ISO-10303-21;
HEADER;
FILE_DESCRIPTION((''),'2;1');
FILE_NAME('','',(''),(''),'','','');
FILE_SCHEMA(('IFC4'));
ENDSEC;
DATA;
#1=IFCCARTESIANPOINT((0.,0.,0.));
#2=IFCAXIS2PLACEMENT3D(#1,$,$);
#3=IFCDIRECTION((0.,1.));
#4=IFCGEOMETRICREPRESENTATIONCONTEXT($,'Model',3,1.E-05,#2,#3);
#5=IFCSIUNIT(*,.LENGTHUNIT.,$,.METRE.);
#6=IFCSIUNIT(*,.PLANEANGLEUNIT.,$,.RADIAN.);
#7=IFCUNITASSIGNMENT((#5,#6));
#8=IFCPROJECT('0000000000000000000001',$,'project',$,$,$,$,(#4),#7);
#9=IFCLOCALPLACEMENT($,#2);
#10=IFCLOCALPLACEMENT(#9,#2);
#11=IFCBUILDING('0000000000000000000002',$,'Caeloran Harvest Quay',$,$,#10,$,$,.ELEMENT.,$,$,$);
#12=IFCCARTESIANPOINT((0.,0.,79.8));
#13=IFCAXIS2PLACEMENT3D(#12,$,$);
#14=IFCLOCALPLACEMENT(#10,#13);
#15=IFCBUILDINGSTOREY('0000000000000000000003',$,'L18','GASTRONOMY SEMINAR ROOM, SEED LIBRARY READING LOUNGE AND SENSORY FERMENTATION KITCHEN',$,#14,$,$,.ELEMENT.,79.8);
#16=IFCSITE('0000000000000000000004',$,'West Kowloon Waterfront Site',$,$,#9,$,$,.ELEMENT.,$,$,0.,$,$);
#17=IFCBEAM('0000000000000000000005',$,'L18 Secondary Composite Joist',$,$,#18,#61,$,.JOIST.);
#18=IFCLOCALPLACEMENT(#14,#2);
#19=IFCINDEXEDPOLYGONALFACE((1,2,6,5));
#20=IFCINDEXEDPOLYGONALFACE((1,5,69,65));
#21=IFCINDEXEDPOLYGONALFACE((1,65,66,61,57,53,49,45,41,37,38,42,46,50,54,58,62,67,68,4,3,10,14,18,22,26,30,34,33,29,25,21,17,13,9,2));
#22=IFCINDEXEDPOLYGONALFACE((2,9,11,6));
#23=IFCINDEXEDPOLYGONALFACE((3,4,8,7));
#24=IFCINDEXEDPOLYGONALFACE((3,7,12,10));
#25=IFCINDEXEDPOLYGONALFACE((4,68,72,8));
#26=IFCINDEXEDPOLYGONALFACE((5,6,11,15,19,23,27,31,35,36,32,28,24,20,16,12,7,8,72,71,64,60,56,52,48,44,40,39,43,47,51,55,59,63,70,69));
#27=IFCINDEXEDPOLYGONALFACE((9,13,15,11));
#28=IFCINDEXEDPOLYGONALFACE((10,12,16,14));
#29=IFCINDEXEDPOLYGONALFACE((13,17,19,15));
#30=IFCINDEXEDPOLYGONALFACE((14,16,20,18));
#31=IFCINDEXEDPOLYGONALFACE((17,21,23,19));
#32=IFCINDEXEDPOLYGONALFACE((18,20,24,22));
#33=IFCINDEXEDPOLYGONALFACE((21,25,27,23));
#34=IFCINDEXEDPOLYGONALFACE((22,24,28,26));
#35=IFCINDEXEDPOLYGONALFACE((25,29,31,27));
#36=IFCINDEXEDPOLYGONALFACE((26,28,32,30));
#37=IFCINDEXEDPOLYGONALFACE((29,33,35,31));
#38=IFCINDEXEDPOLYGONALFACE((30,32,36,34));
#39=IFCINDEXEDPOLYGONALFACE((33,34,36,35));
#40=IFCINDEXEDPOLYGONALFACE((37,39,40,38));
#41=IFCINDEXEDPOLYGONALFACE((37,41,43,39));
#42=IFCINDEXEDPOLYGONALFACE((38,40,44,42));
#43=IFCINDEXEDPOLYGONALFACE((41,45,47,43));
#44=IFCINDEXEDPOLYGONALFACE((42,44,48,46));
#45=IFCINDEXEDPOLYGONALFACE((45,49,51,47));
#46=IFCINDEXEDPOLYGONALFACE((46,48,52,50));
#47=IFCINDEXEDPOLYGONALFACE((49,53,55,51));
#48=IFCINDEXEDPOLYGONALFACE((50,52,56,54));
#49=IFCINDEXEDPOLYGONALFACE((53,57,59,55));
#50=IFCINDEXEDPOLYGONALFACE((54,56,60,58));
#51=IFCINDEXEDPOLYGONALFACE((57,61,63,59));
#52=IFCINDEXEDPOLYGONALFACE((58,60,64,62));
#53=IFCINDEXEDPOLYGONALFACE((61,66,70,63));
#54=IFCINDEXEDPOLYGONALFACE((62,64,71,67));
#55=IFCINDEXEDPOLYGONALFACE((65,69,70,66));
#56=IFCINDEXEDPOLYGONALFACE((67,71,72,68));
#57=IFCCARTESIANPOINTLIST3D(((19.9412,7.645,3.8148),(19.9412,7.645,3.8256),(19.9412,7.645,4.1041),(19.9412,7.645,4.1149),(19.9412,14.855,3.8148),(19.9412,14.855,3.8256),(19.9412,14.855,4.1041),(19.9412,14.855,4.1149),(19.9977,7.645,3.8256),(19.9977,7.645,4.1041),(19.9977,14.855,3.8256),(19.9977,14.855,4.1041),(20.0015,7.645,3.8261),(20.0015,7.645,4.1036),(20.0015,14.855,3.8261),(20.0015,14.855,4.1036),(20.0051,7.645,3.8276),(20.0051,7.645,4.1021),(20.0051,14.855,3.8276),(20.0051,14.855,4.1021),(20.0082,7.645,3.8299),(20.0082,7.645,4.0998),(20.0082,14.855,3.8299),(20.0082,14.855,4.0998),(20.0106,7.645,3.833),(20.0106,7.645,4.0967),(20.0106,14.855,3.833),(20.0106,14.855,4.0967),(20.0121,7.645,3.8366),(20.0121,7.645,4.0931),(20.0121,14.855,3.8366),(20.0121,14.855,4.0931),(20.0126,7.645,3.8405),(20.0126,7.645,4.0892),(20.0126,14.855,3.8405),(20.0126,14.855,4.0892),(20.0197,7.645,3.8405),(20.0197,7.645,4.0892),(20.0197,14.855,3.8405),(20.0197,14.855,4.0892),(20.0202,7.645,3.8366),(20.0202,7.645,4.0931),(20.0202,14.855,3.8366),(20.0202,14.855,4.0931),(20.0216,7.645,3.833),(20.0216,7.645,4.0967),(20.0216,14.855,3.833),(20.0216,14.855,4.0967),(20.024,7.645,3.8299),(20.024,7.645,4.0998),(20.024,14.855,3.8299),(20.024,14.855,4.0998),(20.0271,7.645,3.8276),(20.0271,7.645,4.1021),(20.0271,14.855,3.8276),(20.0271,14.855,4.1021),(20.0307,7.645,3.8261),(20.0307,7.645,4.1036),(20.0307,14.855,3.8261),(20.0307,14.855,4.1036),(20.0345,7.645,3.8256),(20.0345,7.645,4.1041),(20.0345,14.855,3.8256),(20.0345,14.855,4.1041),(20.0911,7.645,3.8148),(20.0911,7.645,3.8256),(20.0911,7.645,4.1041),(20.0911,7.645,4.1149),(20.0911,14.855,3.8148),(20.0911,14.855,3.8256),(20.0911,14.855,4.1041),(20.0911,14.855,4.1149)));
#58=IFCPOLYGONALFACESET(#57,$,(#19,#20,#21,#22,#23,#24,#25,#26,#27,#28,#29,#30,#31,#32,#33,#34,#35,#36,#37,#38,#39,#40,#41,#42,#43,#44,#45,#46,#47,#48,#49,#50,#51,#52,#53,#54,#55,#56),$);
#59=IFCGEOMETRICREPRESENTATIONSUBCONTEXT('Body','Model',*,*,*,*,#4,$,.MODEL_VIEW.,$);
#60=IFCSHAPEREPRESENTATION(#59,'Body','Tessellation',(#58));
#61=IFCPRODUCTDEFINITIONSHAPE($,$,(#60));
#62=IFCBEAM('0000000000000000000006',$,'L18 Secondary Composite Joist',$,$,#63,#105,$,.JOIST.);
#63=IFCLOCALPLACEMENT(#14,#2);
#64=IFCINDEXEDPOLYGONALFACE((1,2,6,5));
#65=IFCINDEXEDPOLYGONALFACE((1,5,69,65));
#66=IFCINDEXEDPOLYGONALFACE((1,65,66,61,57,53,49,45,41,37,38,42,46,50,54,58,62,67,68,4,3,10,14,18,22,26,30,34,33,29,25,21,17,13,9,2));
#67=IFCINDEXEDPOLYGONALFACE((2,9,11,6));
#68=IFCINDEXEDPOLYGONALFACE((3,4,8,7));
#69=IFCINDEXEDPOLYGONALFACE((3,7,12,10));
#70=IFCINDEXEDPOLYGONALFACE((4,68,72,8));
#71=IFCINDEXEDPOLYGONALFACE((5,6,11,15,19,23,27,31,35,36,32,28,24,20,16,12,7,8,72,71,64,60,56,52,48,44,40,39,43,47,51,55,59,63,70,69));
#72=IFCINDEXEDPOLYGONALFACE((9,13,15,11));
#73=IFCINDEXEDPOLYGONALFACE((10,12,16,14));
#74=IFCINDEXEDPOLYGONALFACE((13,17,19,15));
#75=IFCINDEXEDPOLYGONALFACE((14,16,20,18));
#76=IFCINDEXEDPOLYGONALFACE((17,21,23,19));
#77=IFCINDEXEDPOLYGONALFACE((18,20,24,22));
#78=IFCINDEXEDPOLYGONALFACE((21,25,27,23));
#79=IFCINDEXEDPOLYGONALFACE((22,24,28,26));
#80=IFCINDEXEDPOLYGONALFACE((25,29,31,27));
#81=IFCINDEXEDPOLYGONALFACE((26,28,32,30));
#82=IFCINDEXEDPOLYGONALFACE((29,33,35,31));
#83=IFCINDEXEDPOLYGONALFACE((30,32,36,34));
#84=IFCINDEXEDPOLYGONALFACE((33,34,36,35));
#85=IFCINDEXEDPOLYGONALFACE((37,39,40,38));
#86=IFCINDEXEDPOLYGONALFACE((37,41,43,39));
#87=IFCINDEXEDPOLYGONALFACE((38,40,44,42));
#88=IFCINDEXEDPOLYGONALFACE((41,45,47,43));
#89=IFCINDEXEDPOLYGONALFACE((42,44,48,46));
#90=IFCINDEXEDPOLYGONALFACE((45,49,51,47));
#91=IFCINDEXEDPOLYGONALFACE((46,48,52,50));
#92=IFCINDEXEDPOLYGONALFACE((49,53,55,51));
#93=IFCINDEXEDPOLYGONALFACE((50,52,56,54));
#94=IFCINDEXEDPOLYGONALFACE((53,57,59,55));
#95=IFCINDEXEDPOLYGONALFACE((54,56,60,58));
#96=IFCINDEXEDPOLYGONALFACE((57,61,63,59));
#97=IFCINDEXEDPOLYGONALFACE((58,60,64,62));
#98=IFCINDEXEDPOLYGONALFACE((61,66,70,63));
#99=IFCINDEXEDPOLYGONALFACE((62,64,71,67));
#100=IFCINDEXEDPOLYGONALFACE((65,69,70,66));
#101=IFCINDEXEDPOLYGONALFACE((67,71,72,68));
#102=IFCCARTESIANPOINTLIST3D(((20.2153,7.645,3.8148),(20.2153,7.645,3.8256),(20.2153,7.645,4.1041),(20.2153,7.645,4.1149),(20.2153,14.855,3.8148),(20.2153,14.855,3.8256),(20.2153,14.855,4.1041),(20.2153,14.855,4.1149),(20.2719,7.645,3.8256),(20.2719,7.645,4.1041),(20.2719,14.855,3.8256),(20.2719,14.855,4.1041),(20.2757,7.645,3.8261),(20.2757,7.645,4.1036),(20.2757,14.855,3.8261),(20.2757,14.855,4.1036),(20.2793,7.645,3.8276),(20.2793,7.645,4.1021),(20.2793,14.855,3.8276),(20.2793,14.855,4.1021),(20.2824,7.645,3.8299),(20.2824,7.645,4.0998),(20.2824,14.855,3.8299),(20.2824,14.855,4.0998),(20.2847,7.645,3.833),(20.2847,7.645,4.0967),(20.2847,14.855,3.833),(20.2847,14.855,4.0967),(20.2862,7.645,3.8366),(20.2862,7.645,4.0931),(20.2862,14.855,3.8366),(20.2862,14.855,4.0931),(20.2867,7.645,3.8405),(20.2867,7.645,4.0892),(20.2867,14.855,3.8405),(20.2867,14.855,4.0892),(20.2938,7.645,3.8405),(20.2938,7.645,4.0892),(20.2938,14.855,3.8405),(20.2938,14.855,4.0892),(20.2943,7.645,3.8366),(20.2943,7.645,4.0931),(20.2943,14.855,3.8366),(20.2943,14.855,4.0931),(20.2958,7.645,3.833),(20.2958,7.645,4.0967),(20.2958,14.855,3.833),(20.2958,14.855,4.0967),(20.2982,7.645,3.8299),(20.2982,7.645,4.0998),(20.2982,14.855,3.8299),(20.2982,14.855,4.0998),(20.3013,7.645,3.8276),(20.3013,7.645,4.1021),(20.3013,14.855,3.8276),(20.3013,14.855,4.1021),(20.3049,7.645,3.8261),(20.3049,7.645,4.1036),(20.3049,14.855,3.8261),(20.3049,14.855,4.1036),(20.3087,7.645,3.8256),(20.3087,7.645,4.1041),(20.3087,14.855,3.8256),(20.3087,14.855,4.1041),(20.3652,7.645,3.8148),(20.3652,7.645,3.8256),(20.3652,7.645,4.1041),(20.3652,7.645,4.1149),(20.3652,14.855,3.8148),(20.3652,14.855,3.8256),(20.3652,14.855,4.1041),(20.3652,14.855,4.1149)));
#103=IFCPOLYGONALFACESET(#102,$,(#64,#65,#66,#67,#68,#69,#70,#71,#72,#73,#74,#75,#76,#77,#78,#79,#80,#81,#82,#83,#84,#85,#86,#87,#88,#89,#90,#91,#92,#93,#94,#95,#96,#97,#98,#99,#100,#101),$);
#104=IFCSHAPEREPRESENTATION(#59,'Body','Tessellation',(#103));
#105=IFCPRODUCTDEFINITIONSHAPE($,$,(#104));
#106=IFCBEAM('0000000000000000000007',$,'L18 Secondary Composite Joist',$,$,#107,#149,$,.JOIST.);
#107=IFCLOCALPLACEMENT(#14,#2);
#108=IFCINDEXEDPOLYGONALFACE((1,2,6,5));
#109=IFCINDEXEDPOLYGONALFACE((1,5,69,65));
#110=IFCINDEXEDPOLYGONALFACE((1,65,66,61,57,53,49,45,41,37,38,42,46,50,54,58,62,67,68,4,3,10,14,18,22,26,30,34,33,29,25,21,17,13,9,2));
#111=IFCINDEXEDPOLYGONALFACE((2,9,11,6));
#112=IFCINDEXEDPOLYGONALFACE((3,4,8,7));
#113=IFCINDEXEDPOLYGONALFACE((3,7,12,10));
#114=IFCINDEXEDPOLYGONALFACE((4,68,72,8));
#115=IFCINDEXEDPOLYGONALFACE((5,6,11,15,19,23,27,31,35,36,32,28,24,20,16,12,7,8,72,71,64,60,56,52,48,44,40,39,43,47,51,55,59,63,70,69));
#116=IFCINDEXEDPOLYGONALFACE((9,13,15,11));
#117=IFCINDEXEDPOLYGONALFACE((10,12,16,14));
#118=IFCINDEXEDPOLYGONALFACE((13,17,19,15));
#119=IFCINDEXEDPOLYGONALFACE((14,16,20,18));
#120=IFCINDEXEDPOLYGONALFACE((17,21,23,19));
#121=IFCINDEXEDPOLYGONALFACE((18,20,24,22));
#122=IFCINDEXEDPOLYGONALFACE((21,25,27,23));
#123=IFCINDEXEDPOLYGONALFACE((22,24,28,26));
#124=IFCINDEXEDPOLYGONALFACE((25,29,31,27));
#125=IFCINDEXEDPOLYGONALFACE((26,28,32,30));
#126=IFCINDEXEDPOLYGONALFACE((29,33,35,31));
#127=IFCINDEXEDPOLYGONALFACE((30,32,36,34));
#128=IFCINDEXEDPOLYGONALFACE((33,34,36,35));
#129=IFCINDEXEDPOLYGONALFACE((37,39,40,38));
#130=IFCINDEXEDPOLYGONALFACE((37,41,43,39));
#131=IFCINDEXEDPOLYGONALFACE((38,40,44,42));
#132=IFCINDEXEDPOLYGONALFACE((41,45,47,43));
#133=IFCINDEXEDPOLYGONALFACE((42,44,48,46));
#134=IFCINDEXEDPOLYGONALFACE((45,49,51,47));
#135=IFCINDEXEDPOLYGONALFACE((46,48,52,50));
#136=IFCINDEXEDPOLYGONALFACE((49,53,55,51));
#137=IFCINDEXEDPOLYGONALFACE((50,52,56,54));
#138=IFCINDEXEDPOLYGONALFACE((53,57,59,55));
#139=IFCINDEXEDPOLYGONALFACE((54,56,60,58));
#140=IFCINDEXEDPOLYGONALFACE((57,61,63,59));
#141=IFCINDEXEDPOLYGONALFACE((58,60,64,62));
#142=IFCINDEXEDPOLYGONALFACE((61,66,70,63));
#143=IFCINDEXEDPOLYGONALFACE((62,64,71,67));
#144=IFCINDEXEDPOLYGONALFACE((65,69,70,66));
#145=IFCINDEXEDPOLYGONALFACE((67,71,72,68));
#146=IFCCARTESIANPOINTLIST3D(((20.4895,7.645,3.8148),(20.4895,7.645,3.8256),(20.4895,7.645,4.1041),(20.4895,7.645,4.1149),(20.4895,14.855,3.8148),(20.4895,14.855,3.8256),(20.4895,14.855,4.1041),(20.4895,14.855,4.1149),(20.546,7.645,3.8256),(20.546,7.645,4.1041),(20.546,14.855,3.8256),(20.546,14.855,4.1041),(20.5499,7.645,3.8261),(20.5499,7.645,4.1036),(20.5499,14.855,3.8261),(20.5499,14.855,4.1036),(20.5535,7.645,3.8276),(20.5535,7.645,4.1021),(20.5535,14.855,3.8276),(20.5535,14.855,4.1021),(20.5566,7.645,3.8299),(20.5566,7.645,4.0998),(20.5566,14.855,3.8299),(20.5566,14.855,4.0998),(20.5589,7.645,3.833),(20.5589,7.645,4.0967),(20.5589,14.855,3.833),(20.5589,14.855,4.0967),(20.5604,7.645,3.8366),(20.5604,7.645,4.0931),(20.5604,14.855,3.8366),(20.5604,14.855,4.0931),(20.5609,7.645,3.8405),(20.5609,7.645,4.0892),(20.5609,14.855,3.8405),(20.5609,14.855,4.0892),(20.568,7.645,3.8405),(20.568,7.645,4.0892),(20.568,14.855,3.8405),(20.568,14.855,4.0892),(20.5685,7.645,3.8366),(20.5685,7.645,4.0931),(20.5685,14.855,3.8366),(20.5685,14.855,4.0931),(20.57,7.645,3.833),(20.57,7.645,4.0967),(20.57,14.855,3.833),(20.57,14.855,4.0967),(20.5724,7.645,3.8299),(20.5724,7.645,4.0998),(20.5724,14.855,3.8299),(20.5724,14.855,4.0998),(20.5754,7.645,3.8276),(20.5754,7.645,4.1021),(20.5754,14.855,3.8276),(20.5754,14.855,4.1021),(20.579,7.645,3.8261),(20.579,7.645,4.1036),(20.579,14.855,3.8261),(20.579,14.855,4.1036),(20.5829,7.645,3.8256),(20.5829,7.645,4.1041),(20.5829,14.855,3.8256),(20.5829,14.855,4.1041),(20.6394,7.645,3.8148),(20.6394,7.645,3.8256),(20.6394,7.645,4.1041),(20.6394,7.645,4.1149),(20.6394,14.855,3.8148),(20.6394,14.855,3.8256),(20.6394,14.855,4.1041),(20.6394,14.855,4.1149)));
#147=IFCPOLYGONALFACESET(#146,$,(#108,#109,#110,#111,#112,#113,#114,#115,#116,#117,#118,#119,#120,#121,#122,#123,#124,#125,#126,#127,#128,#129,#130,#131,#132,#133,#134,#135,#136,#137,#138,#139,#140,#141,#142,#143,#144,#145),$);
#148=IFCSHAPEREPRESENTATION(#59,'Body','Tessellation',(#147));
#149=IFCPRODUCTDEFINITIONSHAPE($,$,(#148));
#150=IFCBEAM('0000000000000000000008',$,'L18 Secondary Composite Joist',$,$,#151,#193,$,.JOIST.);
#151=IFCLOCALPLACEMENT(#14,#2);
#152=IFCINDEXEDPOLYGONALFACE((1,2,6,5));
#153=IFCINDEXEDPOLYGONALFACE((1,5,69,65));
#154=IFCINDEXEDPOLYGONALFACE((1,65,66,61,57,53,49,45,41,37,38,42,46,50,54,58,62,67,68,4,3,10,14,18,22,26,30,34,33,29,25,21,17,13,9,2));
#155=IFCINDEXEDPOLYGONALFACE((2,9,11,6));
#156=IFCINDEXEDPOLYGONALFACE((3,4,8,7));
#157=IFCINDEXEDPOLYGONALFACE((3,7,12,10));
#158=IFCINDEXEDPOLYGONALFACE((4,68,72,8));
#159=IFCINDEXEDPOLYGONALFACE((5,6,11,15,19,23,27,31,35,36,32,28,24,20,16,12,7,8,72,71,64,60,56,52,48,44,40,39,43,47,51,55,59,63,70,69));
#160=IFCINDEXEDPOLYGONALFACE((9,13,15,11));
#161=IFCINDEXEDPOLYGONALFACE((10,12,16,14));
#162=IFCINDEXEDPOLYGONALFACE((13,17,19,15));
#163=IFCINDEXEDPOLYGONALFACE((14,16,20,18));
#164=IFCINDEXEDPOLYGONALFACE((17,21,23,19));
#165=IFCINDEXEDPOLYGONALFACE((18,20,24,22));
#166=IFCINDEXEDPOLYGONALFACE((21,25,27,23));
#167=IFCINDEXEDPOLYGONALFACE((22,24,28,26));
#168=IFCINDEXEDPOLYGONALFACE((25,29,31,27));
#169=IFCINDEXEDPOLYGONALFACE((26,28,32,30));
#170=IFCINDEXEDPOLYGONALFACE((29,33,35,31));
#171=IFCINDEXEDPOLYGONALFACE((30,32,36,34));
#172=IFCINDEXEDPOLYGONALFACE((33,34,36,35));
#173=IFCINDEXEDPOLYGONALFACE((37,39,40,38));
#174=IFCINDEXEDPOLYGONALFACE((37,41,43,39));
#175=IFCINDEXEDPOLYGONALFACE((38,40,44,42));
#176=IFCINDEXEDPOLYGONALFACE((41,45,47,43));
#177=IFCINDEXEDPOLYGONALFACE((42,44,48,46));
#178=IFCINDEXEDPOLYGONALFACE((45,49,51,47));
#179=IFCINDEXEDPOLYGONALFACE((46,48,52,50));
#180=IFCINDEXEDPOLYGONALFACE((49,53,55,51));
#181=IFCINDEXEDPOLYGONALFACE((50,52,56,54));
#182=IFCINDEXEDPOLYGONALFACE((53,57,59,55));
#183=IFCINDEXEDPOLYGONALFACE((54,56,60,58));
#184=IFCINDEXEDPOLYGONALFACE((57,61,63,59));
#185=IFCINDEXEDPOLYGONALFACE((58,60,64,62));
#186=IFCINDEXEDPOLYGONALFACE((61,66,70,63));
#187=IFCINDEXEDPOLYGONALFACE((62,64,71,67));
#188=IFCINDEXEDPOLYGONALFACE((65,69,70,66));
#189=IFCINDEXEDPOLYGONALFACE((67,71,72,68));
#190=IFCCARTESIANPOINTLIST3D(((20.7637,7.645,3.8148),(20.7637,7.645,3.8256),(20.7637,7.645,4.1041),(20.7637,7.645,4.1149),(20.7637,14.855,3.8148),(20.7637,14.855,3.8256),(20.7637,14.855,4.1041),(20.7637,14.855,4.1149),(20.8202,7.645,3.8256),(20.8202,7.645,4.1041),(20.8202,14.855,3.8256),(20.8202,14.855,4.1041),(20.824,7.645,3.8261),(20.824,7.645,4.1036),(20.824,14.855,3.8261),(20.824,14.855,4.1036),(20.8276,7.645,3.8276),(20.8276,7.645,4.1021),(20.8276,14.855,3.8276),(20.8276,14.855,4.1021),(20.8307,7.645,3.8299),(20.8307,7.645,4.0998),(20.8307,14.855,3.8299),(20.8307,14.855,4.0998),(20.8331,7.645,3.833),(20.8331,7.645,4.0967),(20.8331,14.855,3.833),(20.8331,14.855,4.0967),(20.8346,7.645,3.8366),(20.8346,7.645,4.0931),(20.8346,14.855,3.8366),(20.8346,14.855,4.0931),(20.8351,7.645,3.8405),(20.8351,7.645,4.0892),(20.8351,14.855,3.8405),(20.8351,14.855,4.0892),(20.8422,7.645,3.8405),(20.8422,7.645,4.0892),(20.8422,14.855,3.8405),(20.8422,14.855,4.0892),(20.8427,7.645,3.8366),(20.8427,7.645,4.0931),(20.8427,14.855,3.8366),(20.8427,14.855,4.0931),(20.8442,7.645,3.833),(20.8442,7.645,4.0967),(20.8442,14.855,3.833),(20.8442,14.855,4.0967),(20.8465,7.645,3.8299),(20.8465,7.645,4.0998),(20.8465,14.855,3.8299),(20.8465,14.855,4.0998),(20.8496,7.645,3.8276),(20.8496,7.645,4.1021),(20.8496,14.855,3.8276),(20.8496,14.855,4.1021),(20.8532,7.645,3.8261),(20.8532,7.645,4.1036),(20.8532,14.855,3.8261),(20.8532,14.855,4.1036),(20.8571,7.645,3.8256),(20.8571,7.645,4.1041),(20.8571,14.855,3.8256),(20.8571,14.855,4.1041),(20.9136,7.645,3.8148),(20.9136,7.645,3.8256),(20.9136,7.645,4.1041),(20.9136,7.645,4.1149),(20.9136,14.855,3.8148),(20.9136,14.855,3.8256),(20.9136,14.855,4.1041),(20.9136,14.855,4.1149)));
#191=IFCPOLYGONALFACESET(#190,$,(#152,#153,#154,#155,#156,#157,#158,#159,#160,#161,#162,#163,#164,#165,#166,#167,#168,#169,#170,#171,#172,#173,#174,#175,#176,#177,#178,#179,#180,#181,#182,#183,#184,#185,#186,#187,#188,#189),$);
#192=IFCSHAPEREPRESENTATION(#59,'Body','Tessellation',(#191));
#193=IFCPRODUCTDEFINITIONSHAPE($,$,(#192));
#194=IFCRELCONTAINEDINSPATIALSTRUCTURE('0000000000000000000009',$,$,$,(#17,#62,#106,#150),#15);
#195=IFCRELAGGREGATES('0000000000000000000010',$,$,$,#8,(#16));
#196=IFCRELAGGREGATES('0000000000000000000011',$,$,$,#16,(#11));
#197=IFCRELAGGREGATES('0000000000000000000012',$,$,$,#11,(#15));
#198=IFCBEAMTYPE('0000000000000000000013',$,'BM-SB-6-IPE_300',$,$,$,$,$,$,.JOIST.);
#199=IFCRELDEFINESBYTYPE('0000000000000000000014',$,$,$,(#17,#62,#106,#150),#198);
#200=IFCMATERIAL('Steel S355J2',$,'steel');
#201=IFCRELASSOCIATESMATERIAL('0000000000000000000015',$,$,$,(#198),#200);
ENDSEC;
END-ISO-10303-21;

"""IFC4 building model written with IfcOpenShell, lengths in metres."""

from ifc_helpers import new_model, si_unit, direction, frame, origin, origin_2d, place, context, subcontext, project, spatial, i_section, extrude, material, material_profile, profile_set, type_object, element, save


model = new_model("IFC4")

# Units and contexts
model_context = context("Model", 3, precision=1e-05, world=origin(), true_north=direction((0.0, 1.0)))
body_context = subcontext(model_context, "Body", "Model", "MODEL_VIEW")
ifc_project = project(units=[si_unit("LENGTHUNIT", "METRE"), si_unit("PLANEANGLEUNIT", "RADIAN")], contexts=[model_context])

# Site, building, storey
site_placement = place(None, origin())
site = spatial("IfcSite", under=ifc_project, at=site_placement, Name="West Kowloon Waterfront Site", CompositionType="ELEMENT", RefElevation=0.0)
building_placement = place(site_placement, origin())
building = spatial("IfcBuilding", under=site, at=building_placement, Name="Caeloran Harvest Quay", CompositionType="ELEMENT")
storey_placement = place(building_placement, frame((0.0, 0.0, 79.8)))
storey = spatial("IfcBuildingStorey", under=building, at=storey_placement, Name="L18", Description="GASTRONOMY SEMINAR ROOM, SEED LIBRARY READING LOUNGE AND SENSORY FERMENTATION KITCHEN", CompositionType="ELEMENT", Elevation=79.8)

# Beams
ifc_material_1 = material(Name="Steel S355J2", Category="steel")
ifc_material_profile_1 = material_profile(ifc_material_1, i_section(OverallWidth=0.1499, OverallDepth=0.3, WebThickness=0.0071, FlangeThickness=0.0107, FilletRadius=0.0149, at=origin_2d()), Name="IPE 300")
ifc_profile_set_1 = profile_set([ifc_material_profile_1], Name="Steel S355J2")
beam_type_1 = type_object("IfcBeamType", Name="BM-SB-6-IPE_300", PredefinedType="JOIST", material=ifc_profile_set_1)
for number, where, z_axis, x_axis, name in (
    (1, (20.0161, 7.645, 3.9648), (0.0, 1.0, 0.0), (-1.0, 0.0, 0.0), "L18 Secondary Composite Joist"),
    (2, (20.2903, 7.645, 3.9648), (0.0, 1.0, 0.0), (-1.0, 0.0, 0.0), "L18 Secondary Composite Joist"),
    (3, (20.5645, 7.645, 3.9648), (0.0, 1.0, 0.0), (-1.0, 0.0, 0.0), "L18 Secondary Composite Joist"),
    (4, (20.8386, 7.645, 3.9648), (0.0, 1.0, 0.0), (-1.0, 0.0, 0.0), "L18 Secondary Composite Joist"),
):
    element("IfcBeam", number, at=place(storey_placement, frame(where, z_axis=z_axis, x_axis=x_axis)), inside=storey, type_object=beam_type_1, Name=name, PredefinedType="JOIST", context=body_context, shape_type="SweptSolid", body=[
        extrude(i_section(OverallWidth=0.1499, OverallDepth=0.3, WebThickness=0.0071, FlangeThickness=0.0107, FilletRadius=0.0149, at=origin_2d()), origin(), (0.0, 0.0, 1.0), 7.21),
    ])

save(model, "model.ifc")
